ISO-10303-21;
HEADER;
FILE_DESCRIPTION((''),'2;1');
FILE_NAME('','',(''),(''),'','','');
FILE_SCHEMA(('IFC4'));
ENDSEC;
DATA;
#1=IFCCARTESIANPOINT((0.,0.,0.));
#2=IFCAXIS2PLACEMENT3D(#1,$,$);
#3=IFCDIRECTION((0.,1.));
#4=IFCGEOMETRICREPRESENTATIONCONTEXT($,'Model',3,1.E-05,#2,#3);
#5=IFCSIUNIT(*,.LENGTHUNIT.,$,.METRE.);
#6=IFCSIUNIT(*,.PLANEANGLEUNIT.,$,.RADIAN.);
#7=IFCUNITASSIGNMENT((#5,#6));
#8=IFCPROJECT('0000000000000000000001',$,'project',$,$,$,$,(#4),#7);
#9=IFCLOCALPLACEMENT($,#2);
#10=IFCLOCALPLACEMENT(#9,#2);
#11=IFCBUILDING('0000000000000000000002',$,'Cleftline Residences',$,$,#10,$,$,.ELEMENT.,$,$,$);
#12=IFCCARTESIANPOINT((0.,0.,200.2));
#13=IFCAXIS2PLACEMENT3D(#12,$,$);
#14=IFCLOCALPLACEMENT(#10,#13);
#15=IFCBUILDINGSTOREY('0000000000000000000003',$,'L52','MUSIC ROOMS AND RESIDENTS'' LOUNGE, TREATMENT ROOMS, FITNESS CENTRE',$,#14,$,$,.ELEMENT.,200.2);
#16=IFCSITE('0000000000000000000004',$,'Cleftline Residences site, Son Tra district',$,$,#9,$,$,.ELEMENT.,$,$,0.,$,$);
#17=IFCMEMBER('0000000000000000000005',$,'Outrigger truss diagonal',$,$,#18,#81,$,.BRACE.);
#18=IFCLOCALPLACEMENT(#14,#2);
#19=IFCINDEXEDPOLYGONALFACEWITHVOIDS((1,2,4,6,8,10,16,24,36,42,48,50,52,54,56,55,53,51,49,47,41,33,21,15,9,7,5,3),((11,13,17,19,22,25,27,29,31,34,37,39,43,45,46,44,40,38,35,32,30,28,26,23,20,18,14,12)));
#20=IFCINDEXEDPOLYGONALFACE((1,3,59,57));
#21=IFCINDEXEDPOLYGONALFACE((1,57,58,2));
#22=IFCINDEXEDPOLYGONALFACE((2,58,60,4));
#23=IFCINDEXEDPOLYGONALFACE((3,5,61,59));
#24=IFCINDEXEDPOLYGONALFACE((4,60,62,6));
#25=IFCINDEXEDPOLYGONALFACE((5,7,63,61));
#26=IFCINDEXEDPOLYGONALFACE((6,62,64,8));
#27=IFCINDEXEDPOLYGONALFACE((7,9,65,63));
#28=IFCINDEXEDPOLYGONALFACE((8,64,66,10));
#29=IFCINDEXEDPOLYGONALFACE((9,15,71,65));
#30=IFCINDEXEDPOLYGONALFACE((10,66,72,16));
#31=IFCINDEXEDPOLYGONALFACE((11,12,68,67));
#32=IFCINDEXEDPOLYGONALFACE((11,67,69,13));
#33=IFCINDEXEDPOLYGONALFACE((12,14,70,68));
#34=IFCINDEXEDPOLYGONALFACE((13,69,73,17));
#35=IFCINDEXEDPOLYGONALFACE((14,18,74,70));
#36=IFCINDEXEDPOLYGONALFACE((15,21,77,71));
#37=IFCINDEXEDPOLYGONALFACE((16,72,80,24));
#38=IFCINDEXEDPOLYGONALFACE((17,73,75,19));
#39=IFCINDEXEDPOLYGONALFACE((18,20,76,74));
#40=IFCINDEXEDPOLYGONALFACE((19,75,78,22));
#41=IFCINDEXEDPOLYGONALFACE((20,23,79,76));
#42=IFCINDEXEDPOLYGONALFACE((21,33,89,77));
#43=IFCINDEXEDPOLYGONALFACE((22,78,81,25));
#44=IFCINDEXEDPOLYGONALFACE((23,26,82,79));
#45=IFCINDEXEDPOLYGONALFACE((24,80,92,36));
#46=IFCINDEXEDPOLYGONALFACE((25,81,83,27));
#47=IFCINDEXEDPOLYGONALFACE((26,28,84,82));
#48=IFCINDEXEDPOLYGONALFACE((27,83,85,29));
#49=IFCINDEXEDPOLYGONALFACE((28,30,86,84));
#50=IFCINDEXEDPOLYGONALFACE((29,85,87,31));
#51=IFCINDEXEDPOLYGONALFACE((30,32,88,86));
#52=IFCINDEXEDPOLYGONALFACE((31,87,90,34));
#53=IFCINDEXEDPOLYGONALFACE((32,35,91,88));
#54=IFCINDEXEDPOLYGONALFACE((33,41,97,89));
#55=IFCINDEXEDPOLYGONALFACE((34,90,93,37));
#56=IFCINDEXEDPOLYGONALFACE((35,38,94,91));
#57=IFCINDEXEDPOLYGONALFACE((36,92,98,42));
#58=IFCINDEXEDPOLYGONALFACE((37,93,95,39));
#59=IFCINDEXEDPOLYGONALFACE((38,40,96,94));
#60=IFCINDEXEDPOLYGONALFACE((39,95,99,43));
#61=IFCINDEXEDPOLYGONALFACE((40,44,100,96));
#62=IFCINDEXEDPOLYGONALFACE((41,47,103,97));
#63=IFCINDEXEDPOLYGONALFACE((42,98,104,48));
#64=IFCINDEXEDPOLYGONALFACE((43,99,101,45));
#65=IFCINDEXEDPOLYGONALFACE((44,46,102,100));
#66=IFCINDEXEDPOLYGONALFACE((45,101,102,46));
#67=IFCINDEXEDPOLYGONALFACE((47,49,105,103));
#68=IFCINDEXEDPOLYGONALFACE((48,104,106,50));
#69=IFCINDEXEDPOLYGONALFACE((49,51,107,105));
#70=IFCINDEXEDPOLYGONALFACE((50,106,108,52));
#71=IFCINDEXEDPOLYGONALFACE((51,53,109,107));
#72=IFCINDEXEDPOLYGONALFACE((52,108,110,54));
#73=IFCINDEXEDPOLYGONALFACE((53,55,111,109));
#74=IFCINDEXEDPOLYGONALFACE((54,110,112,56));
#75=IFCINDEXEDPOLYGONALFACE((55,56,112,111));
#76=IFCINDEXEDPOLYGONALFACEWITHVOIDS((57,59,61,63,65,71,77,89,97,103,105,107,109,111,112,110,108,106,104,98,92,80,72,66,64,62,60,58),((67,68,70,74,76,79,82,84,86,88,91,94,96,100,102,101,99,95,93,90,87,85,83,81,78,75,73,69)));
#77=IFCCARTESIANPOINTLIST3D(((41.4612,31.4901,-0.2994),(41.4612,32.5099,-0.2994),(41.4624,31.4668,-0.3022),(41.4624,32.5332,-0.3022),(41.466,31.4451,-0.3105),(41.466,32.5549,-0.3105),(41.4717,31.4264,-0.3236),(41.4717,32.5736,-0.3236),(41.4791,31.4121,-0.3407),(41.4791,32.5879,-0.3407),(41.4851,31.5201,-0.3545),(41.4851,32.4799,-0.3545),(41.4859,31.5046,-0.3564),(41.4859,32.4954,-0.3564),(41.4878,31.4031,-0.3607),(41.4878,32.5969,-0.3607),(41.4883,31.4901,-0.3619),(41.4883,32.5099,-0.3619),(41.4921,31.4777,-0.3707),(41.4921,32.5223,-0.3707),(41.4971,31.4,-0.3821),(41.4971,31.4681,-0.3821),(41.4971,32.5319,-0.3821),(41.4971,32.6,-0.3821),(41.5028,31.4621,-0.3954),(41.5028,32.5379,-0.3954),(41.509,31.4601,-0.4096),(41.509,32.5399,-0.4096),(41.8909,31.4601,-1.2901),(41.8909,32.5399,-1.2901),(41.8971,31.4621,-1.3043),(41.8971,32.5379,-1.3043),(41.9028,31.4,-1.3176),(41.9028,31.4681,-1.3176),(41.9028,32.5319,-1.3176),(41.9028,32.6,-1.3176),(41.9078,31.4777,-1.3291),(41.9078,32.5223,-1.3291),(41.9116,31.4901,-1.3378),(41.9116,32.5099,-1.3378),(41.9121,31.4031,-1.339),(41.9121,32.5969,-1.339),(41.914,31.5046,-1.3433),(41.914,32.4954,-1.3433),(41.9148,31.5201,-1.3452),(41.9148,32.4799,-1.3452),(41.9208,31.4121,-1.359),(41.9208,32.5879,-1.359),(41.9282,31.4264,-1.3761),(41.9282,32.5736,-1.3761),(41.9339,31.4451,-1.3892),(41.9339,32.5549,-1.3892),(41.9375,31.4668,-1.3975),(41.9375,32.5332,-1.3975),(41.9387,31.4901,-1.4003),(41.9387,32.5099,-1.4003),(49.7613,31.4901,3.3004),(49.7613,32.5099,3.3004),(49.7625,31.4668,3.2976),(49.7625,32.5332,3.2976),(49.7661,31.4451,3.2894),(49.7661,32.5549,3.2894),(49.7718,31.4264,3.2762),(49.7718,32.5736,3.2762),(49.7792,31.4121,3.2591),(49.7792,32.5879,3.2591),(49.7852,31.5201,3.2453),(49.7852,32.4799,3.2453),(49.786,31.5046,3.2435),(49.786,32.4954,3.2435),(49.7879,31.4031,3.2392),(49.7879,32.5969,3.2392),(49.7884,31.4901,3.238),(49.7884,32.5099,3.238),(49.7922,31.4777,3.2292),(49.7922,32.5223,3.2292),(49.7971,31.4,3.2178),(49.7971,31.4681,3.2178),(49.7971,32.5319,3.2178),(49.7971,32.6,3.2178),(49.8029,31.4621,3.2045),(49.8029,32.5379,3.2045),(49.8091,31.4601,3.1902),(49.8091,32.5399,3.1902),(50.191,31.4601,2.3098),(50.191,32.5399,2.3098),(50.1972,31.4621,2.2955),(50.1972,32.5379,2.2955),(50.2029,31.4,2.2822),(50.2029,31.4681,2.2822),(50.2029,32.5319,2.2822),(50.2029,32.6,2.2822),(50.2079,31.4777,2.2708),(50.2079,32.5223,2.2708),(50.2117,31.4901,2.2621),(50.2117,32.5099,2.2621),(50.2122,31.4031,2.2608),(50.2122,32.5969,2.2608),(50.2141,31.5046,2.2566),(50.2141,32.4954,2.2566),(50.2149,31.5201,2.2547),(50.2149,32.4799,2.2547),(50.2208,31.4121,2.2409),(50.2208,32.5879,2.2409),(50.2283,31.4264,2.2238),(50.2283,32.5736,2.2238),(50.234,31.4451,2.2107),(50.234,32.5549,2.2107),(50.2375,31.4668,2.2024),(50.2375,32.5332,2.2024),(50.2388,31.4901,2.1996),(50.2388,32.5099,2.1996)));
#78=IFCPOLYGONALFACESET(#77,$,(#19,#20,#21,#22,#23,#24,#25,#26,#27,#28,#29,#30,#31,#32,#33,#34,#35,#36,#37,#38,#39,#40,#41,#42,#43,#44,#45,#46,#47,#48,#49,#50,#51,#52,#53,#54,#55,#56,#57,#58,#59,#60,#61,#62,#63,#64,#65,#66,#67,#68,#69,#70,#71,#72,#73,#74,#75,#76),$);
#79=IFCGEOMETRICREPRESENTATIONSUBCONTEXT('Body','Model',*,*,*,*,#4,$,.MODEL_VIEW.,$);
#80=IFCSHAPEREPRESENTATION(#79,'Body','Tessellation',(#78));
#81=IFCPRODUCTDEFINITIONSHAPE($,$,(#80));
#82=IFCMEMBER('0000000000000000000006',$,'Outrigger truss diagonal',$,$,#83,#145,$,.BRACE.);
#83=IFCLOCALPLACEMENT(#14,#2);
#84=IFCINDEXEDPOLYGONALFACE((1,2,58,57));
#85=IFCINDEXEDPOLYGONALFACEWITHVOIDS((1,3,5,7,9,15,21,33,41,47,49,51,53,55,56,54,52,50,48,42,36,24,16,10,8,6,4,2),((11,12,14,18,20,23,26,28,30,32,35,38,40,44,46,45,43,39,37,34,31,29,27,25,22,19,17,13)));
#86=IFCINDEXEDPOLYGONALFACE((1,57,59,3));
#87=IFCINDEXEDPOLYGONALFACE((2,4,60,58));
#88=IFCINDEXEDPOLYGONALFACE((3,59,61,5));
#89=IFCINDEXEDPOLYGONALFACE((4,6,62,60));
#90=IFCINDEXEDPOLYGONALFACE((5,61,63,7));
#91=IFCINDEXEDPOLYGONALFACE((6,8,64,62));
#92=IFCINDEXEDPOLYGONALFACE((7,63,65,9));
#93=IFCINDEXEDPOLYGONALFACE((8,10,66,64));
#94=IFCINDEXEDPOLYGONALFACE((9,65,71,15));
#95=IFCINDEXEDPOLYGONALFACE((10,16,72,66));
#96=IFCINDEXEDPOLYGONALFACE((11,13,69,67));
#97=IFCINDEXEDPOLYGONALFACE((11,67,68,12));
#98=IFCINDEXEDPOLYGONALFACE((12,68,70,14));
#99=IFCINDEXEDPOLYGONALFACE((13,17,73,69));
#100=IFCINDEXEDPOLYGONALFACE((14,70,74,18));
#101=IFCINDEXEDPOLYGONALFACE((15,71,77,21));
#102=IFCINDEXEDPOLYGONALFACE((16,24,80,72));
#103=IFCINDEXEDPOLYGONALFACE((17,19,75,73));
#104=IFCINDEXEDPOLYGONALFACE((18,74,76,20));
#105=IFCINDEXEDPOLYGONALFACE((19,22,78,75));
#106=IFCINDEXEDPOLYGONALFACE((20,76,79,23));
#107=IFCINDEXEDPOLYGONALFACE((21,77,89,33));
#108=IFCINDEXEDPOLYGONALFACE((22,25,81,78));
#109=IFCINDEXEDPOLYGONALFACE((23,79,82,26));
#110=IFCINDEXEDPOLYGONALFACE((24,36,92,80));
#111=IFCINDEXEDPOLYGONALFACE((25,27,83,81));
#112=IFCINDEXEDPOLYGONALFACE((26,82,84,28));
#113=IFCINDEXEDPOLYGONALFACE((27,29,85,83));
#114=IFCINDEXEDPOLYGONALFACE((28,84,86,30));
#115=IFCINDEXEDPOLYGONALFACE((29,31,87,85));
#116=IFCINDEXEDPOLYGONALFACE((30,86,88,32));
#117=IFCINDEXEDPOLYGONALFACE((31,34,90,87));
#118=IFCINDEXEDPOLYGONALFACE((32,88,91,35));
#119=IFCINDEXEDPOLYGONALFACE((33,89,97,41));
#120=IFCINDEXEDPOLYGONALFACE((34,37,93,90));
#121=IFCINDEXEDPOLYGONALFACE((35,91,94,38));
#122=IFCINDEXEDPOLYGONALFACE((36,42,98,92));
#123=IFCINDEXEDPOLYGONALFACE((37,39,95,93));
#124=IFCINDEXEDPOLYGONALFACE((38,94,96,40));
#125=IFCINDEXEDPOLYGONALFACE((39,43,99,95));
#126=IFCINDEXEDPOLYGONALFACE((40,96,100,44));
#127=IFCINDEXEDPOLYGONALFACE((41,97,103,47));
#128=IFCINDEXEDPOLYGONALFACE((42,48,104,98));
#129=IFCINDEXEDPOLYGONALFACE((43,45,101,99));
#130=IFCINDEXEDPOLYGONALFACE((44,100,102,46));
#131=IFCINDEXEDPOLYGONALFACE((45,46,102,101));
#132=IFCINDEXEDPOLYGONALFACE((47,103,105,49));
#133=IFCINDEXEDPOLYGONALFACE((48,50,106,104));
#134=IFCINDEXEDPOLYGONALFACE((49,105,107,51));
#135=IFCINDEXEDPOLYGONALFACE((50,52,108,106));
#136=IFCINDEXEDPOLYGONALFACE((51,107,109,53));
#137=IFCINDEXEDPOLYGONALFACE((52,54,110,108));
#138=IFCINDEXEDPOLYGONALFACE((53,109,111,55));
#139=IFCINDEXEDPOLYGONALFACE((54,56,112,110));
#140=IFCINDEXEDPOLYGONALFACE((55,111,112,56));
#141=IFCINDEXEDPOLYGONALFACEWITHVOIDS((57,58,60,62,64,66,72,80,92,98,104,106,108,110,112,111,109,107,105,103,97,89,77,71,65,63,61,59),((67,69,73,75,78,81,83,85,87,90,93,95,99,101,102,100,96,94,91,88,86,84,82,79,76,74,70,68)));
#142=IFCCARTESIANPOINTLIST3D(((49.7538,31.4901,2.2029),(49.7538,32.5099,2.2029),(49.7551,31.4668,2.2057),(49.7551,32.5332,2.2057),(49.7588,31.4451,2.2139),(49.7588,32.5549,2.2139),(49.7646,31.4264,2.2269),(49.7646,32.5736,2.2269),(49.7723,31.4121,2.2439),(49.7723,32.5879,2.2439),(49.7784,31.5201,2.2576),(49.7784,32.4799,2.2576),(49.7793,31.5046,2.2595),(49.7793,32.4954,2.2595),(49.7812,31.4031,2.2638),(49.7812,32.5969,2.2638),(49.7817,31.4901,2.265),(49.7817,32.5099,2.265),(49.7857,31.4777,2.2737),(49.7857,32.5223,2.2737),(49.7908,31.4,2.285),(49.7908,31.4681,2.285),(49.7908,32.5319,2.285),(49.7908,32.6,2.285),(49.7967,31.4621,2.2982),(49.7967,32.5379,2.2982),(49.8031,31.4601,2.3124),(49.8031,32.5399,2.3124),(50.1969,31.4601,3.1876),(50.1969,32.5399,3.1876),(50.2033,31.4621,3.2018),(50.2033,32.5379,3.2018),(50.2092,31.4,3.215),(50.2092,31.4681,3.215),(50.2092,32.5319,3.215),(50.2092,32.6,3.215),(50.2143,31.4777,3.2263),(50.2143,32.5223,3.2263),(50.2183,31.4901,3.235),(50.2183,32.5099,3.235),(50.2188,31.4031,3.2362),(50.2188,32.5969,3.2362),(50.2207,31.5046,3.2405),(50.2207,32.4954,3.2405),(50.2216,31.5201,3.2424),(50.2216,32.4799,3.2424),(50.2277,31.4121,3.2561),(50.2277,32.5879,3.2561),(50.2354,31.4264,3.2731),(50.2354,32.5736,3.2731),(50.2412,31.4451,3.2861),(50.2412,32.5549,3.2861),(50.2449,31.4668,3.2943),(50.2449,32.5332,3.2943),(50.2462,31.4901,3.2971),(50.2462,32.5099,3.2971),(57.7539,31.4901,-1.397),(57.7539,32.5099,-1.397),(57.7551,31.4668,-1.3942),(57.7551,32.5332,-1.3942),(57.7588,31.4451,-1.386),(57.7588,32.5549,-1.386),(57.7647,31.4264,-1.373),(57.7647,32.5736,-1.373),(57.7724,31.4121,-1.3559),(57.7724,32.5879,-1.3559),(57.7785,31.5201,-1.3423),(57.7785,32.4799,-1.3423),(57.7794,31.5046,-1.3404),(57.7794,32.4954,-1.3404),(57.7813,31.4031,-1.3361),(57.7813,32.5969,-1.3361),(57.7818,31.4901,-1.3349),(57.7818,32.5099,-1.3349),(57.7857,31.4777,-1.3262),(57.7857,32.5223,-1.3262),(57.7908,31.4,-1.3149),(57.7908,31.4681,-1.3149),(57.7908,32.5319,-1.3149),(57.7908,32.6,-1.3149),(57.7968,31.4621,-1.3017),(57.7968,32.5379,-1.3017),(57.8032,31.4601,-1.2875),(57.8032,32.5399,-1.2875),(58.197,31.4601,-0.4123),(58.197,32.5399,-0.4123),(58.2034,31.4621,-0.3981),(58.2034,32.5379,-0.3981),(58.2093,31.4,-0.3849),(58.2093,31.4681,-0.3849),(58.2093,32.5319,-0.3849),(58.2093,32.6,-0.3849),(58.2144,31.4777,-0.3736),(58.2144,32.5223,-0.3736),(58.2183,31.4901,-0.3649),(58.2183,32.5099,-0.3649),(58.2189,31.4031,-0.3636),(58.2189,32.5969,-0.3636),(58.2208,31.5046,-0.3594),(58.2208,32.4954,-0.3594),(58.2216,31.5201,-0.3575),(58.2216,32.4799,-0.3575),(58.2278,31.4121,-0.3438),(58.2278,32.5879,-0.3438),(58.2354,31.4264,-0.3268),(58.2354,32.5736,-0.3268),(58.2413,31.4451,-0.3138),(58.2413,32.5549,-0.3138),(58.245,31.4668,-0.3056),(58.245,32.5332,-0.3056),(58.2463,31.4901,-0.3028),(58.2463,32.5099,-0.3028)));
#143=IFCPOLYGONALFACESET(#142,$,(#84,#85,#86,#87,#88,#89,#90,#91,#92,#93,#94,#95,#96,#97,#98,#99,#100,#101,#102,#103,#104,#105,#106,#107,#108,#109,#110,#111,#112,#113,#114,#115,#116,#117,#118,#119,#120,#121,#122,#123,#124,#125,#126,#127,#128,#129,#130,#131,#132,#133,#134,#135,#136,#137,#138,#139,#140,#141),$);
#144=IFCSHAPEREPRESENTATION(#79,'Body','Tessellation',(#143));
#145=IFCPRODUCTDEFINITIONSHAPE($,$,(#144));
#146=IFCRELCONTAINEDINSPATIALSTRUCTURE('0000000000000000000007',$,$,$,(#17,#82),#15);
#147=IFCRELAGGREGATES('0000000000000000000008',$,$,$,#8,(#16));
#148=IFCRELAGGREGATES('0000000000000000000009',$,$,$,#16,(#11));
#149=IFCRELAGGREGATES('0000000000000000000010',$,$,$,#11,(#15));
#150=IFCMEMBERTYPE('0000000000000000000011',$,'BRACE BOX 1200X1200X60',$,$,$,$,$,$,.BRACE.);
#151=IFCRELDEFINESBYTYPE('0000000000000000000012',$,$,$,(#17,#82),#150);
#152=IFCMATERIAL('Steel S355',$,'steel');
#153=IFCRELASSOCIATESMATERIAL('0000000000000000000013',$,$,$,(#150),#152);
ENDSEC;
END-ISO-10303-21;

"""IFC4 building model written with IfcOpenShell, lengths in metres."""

from ifc_helpers import new_model, si_unit, direction, frame, origin, origin_2d, place, context, subcontext, project, spatial, hollow_rectangle, extrude, material, material_profile, profile_set, type_object, element, save


model = new_model("IFC4")

# Units and contexts
model_context = context("Model", 3, precision=1e-05, world=origin(), true_north=direction((0.0, 1.0)))
body_context = subcontext(model_context, "Body", "Model", "MODEL_VIEW")
ifc_project = project(units=[si_unit("LENGTHUNIT", "METRE"), si_unit("PLANEANGLEUNIT", "RADIAN")], contexts=[model_context])

# Site, building, storey
site_placement = place(None, origin())
site = spatial("IfcSite", under=ifc_project, at=site_placement, Name="Cleftline Residences site, Son Tra district", CompositionType="ELEMENT", RefElevation=0.0)
building_placement = place(site_placement, origin())
building = spatial("IfcBuilding", under=site, at=building_placement, Name="Cleftline Residences", CompositionType="ELEMENT")
storey_placement = place(building_placement, frame((0.0, 0.0, 200.2)))
storey = spatial("IfcBuildingStorey", under=building, at=storey_placement, Name="L52", Description="MUSIC ROOMS AND RESIDENTS' LOUNGE, TREATMENT ROOMS, FITNESS CENTRE", CompositionType="ELEMENT", Elevation=200.2)

# Members
ifc_material_1 = material(Name="Steel S355", Category="steel")
ifc_material_profile_1 = material_profile(ifc_material_1, hollow_rectangle(XDim=1.2, YDim=1.2, WallThickness=0.0601, InnerFilletRadius=0.0601, OuterFilletRadius=0.0901, at=origin_2d()))
ifc_profile_set_1 = profile_set([ifc_material_profile_1], Name="Steel S355")
member_type_1 = type_object("IfcMemberType", Name="BRACE BOX 1200X1200X60", PredefinedType="BRACE", material=ifc_profile_set_1)
member_1_placement = place(storey_placement, frame((41.7, 32.0, -0.8499), z_axis=(0.917428, 0.0, 0.397902), x_axis=(-0.397902, 0.0, 0.917428)))
element("IfcMember", 1, at=member_1_placement, inside=storey, type_object=member_type_1, Name="Outrigger truss diagonal", PredefinedType="BRACE", context=body_context, shape_type="SweptSolid", body=[
    extrude(hollow_rectangle(XDim=1.2, YDim=1.2, WallThickness=0.0601, InnerFilletRadius=0.0601, OuterFilletRadius=0.0901, at=origin_2d()), origin(), (0.0, 0.0, 1.0), 9.0471),
])
member_2_placement = place(storey_placement, frame((50.0, 32.0, 2.75), z_axis=(0.911928, 0.0, -0.410351), x_axis=(0.410351, 0.0, 0.911928)))
element("IfcMember", 2, at=member_2_placement, inside=storey, type_object=member_type_1, Name="Outrigger truss diagonal", PredefinedType="BRACE", context=body_context, shape_type="SweptSolid", body=[
    extrude(hollow_rectangle(XDim=1.2, YDim=1.2, WallThickness=0.0601, InnerFilletRadius=0.0601, OuterFilletRadius=0.0901, at=origin_2d()), origin(), (0.0, 0.0, 1.0), 8.7727),
])

save(model, "model.ifc")
